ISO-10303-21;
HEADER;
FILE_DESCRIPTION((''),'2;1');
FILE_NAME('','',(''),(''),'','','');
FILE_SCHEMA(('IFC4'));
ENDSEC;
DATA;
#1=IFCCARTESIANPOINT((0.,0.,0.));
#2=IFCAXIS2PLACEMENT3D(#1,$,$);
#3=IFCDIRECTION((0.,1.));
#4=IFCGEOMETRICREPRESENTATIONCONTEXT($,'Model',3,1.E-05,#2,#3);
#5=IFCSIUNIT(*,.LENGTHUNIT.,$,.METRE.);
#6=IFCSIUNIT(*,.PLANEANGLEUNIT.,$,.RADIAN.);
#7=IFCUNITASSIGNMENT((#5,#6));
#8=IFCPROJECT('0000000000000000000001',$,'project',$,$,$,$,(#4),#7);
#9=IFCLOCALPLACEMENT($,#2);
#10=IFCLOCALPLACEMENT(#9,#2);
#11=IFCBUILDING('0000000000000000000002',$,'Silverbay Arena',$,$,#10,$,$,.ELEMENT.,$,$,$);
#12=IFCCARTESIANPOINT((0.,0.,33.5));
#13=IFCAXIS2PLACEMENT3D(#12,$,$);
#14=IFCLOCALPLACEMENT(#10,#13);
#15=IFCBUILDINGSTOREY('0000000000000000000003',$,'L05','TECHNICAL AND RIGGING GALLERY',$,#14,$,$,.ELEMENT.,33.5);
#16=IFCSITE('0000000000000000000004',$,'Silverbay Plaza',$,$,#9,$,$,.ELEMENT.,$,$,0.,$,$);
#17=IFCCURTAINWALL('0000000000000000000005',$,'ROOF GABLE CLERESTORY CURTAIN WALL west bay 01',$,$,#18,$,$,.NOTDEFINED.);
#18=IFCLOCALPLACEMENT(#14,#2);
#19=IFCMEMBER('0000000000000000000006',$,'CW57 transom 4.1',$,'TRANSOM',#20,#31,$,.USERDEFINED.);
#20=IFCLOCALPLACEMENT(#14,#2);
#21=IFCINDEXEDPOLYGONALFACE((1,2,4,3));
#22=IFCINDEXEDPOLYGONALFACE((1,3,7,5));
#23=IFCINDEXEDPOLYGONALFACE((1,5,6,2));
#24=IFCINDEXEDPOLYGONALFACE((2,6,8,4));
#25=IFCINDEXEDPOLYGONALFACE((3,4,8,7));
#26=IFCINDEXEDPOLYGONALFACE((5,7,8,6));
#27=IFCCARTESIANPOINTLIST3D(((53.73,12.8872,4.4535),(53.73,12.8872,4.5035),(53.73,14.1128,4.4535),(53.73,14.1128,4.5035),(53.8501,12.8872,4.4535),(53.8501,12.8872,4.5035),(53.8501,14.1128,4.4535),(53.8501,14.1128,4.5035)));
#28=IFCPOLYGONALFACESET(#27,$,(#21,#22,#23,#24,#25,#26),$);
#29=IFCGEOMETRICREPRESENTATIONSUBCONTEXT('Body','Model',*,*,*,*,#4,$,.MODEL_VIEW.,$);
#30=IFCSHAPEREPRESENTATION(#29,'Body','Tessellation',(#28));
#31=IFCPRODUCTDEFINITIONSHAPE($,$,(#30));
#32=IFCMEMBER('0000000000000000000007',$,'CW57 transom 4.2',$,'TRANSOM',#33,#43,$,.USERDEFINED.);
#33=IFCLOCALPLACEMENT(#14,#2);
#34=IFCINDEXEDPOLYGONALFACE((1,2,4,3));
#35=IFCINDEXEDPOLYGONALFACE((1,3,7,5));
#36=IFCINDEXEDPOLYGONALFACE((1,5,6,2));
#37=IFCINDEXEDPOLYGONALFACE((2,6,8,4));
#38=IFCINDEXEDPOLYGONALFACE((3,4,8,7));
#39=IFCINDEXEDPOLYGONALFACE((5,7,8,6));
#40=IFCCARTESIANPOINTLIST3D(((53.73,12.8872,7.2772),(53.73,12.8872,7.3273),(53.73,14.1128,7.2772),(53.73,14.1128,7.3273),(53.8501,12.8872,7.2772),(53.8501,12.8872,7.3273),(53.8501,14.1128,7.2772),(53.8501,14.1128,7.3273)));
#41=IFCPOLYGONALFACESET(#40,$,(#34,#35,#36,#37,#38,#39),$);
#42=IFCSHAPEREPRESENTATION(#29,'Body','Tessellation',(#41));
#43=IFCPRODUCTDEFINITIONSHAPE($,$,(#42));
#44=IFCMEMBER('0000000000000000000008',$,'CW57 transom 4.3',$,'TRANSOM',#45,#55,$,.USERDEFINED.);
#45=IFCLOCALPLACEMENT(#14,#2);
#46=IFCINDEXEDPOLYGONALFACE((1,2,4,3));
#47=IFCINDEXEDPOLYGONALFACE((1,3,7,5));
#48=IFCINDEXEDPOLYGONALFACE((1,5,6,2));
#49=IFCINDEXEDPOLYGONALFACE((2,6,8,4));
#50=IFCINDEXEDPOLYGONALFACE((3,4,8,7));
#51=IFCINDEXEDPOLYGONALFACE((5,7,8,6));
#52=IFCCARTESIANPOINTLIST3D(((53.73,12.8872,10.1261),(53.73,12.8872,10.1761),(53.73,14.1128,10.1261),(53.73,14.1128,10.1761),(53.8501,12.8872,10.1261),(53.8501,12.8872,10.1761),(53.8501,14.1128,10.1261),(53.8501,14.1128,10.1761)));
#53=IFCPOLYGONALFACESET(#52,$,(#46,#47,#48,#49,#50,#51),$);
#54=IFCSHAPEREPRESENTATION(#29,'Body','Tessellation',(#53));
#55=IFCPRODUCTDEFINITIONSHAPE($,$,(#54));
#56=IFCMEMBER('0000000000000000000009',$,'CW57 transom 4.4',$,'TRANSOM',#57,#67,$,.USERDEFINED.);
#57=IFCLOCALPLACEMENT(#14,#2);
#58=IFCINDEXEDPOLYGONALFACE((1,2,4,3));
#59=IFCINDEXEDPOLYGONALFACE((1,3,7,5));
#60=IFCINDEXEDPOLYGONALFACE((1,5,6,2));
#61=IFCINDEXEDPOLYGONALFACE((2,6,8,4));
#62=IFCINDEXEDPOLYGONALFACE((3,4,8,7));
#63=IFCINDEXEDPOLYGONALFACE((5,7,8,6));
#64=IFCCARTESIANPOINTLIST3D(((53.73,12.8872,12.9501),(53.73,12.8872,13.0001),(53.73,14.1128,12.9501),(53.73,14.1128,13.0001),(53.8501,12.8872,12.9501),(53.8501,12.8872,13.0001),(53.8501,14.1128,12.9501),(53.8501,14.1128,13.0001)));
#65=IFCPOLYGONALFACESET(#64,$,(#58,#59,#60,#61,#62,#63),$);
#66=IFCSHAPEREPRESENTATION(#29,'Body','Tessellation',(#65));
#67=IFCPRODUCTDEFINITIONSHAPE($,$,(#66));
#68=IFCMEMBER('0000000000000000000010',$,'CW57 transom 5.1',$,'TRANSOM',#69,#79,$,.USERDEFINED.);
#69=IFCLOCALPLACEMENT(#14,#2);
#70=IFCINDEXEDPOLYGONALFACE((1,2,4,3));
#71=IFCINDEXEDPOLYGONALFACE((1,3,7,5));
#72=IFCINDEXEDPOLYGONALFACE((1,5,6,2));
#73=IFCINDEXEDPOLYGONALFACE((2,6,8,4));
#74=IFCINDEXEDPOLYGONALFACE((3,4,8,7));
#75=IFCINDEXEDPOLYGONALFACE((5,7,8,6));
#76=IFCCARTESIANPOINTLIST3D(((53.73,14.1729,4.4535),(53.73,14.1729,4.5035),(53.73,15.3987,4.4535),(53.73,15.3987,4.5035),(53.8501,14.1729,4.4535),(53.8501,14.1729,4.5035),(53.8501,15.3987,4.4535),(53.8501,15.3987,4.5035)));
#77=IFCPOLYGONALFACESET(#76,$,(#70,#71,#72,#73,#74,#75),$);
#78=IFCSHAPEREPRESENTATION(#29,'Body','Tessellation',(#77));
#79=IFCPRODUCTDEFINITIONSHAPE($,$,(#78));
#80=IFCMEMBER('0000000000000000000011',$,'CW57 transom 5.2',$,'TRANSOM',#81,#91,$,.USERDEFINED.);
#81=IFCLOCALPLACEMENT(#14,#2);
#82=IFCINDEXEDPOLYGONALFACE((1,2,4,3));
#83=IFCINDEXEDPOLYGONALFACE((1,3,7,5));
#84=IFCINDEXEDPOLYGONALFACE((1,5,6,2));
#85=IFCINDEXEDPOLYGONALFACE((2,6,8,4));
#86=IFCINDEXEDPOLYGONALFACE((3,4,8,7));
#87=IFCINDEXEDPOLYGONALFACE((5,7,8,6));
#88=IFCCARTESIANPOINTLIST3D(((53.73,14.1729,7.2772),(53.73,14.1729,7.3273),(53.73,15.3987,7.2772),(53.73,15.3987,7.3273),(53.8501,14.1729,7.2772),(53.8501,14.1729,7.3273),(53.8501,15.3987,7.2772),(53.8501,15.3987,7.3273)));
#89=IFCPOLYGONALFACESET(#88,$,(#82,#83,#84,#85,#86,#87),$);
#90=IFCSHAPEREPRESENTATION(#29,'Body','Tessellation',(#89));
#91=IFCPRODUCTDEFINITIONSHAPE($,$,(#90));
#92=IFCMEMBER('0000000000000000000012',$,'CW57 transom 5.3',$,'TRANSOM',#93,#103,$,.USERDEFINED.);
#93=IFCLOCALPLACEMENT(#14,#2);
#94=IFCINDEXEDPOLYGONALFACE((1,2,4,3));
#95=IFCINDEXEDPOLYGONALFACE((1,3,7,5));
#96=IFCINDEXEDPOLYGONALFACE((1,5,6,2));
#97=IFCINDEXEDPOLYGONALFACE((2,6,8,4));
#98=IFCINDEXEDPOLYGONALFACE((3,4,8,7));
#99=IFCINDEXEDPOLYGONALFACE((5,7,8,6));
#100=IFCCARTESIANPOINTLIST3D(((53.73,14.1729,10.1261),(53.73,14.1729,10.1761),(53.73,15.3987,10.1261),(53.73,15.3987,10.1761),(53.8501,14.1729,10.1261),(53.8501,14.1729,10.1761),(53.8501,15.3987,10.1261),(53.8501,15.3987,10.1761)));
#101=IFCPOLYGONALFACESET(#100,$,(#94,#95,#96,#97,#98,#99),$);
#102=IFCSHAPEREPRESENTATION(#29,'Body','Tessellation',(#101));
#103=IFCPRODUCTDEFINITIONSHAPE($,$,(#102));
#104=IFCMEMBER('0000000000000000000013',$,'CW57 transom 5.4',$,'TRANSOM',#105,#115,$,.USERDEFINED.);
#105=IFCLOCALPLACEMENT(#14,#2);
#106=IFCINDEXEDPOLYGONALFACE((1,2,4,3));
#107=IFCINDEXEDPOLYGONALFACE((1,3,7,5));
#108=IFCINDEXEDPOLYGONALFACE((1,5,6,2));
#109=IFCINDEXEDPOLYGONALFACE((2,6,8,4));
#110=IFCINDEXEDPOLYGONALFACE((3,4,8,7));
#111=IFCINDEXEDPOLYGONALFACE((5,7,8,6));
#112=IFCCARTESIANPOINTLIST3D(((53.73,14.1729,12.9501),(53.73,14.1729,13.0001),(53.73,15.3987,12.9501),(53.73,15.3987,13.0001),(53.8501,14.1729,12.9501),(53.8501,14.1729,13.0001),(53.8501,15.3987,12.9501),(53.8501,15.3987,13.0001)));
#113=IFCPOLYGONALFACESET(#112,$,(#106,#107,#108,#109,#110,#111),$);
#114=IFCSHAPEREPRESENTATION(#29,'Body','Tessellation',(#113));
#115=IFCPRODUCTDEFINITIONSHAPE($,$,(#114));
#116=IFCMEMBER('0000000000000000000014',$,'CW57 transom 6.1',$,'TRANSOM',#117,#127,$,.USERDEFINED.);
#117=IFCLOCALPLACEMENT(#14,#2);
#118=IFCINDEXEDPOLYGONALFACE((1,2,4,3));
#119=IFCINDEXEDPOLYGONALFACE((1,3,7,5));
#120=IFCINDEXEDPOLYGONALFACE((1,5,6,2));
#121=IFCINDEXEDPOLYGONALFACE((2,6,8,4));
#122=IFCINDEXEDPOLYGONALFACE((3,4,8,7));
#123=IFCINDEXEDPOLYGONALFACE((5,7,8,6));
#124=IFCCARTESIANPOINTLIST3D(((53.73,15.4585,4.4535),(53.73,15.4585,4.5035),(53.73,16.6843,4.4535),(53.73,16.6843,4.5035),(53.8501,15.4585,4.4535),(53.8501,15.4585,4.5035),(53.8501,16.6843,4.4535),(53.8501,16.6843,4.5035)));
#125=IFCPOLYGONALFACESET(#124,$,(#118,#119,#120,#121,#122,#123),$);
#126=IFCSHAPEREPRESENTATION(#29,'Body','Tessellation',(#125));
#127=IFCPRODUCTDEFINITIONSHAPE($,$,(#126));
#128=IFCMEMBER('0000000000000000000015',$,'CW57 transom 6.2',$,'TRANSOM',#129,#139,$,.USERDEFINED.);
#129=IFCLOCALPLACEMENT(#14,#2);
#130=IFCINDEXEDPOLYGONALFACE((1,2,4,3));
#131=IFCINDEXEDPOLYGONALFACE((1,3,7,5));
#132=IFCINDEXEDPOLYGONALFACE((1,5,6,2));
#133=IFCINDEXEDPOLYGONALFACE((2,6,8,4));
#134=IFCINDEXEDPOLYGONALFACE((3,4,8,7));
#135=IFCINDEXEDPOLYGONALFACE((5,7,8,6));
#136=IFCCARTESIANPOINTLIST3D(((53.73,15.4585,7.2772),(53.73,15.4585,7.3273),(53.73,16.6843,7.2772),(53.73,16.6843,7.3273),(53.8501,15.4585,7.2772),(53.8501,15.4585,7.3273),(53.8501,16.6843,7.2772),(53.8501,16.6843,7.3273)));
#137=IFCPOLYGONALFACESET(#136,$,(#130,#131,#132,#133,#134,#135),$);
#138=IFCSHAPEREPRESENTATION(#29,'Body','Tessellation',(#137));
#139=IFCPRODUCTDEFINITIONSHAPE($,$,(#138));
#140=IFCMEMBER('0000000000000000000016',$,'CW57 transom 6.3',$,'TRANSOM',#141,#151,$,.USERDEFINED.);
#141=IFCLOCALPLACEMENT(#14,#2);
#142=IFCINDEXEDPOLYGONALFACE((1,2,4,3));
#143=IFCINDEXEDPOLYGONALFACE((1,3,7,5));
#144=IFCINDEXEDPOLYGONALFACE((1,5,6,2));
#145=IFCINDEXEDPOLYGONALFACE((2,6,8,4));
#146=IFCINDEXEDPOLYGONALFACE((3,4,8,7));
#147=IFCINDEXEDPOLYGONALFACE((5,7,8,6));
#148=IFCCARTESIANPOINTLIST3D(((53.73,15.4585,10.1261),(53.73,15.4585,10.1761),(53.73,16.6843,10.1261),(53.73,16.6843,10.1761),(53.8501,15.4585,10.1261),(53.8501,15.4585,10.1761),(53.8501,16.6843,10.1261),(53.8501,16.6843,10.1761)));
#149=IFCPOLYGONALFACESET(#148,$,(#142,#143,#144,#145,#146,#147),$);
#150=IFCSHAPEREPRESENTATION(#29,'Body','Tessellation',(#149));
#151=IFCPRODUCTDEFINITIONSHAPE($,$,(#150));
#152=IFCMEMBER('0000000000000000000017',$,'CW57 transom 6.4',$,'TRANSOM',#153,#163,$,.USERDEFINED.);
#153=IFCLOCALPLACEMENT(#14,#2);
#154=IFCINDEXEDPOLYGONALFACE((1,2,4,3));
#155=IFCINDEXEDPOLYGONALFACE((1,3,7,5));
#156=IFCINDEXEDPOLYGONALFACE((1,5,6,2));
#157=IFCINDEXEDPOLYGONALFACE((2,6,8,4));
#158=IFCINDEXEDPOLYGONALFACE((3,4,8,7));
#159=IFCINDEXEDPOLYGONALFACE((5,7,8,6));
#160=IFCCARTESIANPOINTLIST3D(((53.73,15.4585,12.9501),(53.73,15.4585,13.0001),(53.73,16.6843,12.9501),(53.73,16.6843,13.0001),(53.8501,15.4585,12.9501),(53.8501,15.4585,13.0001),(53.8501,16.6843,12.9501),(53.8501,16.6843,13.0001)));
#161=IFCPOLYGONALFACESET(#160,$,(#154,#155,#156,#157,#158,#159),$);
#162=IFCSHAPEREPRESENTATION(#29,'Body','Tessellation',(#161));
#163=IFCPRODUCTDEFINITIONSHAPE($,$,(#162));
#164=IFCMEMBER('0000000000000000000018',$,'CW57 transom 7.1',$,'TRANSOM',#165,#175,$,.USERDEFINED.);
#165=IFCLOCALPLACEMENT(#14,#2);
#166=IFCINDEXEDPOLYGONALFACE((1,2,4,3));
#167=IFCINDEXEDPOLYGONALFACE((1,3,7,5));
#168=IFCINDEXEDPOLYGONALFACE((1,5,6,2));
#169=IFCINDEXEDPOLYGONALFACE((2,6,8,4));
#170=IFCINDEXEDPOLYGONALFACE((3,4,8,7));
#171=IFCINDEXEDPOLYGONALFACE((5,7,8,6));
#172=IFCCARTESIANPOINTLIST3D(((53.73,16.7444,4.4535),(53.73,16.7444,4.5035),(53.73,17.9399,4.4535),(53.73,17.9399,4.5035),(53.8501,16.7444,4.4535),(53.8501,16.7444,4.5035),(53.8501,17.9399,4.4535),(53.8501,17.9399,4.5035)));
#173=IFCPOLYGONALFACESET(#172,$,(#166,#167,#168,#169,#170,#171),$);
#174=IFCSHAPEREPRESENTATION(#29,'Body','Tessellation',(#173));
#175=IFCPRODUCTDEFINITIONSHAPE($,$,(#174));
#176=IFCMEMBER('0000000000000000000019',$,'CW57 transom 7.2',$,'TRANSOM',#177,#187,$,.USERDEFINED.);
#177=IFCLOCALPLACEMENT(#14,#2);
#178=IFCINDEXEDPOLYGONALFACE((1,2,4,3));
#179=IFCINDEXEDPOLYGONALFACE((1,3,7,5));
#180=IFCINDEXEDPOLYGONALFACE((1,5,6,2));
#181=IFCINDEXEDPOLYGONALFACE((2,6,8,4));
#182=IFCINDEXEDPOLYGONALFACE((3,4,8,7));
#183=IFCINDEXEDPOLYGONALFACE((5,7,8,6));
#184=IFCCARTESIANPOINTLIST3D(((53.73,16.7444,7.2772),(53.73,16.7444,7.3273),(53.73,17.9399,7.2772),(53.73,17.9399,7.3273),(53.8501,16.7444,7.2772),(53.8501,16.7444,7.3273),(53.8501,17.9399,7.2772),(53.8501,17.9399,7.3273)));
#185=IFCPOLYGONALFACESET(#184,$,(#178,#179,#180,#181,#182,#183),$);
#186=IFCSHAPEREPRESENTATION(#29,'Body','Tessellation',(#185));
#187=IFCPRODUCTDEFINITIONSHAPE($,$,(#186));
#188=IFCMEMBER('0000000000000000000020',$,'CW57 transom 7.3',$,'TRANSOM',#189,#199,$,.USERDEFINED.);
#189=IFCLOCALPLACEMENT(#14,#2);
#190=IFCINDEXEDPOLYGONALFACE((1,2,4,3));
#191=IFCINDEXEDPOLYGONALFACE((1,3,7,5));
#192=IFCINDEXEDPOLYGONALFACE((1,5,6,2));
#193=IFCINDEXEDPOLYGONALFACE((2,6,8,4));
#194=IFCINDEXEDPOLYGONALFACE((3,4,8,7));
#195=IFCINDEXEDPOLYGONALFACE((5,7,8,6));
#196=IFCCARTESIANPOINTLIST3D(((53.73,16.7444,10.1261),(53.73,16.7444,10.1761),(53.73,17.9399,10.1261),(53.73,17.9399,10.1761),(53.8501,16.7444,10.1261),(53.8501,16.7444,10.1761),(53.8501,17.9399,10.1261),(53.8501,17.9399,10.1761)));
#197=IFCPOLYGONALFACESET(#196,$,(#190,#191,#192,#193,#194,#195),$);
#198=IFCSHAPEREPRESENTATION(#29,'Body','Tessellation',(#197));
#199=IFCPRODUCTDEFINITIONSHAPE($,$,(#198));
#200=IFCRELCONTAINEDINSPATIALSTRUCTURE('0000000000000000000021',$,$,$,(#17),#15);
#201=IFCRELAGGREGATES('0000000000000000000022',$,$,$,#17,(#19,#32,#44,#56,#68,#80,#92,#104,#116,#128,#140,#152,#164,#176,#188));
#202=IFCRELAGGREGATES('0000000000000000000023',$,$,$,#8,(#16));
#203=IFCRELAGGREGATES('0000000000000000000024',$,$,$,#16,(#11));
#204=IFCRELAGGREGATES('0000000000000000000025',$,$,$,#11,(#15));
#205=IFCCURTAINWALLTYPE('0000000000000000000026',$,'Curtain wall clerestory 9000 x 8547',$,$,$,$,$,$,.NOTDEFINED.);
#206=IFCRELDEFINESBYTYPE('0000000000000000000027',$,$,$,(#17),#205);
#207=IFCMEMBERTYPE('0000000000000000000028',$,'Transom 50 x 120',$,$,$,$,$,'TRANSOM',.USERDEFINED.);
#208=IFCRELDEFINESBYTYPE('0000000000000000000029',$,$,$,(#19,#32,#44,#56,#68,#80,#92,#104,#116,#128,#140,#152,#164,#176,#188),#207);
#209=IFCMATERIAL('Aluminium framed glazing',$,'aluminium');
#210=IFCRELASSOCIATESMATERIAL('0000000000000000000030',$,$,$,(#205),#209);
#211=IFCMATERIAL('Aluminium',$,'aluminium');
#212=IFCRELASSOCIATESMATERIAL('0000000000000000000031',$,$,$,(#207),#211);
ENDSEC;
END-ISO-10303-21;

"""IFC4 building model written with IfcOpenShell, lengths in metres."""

from ifc_helpers import new_model, si_unit, direction, frame, origin, origin_2d, place, context, subcontext, project, spatial, rectangle, extrude, material, material_profile, profile_set, type_object, element, aggregate, save


model = new_model("IFC4")

# Units and contexts
model_context = context("Model", 3, precision=1e-05, world=origin(), true_north=direction((0.0, 1.0)))
body_context = subcontext(model_context, "Body", "Model", "MODEL_VIEW")
ifc_project = project(units=[si_unit("LENGTHUNIT", "METRE"), si_unit("PLANEANGLEUNIT", "RADIAN")], contexts=[model_context])

# Site, building, storey
site_placement = place(None, origin())
site = spatial("IfcSite", under=ifc_project, at=site_placement, Name="Silverbay Plaza", CompositionType="ELEMENT", RefElevation=0.0)
building_placement = place(site_placement, origin())
building = spatial("IfcBuilding", under=site, at=building_placement, Name="Silverbay Arena", CompositionType="ELEMENT")
storey_placement = place(building_placement, frame((0.0, 0.0, 33.5)))
storey = spatial("IfcBuildingStorey", under=building, at=storey_placement, Name="L05", Description="TECHNICAL AND RIGGING GALLERY", CompositionType="ELEMENT", Elevation=33.5)

# Curtain wall, members
ifc_material_1 = material(Name="Aluminium framed glazing", Category="aluminium")
curtain_wall_type = type_object("IfcCurtainWallType", Name="Curtain wall clerestory 9000 x 8547", PredefinedType="NOTDEFINED", material=ifc_material_1)
curtain_wall_placement = place(storey_placement, origin())
curtain_wall = element("IfcCurtainWall", 1, at=curtain_wall_placement, inside=storey, type_object=curtain_wall_type, Name="ROOF GABLE CLERESTORY CURTAIN WALL west bay 01", PredefinedType="NOTDEFINED")
ifc_material_2 = material(Name="Aluminium", Category="aluminium")
ifc_material_profile_1 = material_profile(ifc_material_2, rectangle(XDim=0.1201, YDim=0.05, at=origin_2d()), Name="Transom 50 x 120")
ifc_profile_set_1 = profile_set([ifc_material_profile_1], Name="Aluminium")
member_type_1 = type_object("IfcMemberType", Name="Transom 50 x 120", ElementType="TRANSOM", PredefinedType="USERDEFINED", material=ifc_profile_set_1)
member_1_placement = place(storey_placement, frame((53.79, 12.8872, 4.4785), z_axis=(0.0, 1.0, 0.0), x_axis=(-1.0, 0.0, 0.0)))
member_1 = element("IfcMember", 2, at=member_1_placement, type_object=member_type_1, Name="CW57 transom 4.1", ObjectType="TRANSOM", PredefinedType="USERDEFINED", context=body_context, shape_type="SweptSolid", body=[
    extrude(rectangle(XDim=0.1201, YDim=0.05, at=origin_2d()), origin(), (0.0, 0.0, 1.0), 1.2256),
])
member_2_placement = place(storey_placement, frame((53.79, 12.8872, 7.3022), z_axis=(0.0, 1.0, 0.0), x_axis=(-1.0, 0.0, 0.0)))
member_2 = element("IfcMember", 3, at=member_2_placement, type_object=member_type_1, Name="CW57 transom 4.2", ObjectType="TRANSOM", PredefinedType="USERDEFINED", context=body_context, shape_type="SweptSolid", body=[
    extrude(rectangle(XDim=0.1201, YDim=0.05, at=origin_2d()), origin(), (0.0, 0.0, 1.0), 1.2256),
])
member_3_placement = place(storey_placement, frame((53.79, 12.8872, 10.1511), z_axis=(0.0, 1.0, 0.0), x_axis=(-1.0, 0.0, 0.0)))
member_3 = element("IfcMember", 4, at=member_3_placement, type_object=member_type_1, Name="CW57 transom 4.3", ObjectType="TRANSOM", PredefinedType="USERDEFINED", context=body_context, shape_type="SweptSolid", body=[
    extrude(rectangle(XDim=0.1201, YDim=0.05, at=origin_2d()), origin(), (0.0, 0.0, 1.0), 1.2256),
])
member_4_placement = place(storey_placement, frame((53.79, 12.8872, 12.9751), z_axis=(0.0, 1.0, 0.0), x_axis=(-1.0, 0.0, 0.0)))
member_4 = element("IfcMember", 5, at=member_4_placement, type_object=member_type_1, Name="CW57 transom 4.4", ObjectType="TRANSOM", PredefinedType="USERDEFINED", context=body_context, shape_type="SweptSolid", body=[
    extrude(rectangle(XDim=0.1201, YDim=0.05, at=origin_2d()), origin(), (0.0, 0.0, 1.0), 1.2256),
])
member_5_placement = place(storey_placement, frame((53.79, 14.1729, 4.4785), z_axis=(0.0, 1.0, 0.0), x_axis=(-1.0, 0.0, 0.0)))
member_5 = element("IfcMember", 6, at=member_5_placement, type_object=member_type_1, Name="CW57 transom 5.1", ObjectType="TRANSOM", PredefinedType="USERDEFINED", context=body_context, shape_type="SweptSolid", body=[
    extrude(rectangle(XDim=0.1201, YDim=0.05, at=origin_2d()), origin(), (0.0, 0.0, 1.0), 1.2258),
])
member_6_placement = place(storey_placement, frame((53.79, 14.1729, 7.3022), z_axis=(0.0, 1.0, 0.0), x_axis=(-1.0, 0.0, 0.0)))
member_6 = element("IfcMember", 7, at=member_6_placement, type_object=member_type_1, Name="CW57 transom 5.2", ObjectType="TRANSOM", PredefinedType="USERDEFINED", context=body_context, shape_type="SweptSolid", body=[
    extrude(rectangle(XDim=0.1201, YDim=0.05, at=origin_2d()), origin(), (0.0, 0.0, 1.0), 1.2258),
])
member_7_placement = place(storey_placement, frame((53.79, 14.1729, 10.1511), z_axis=(0.0, 1.0, 0.0), x_axis=(-1.0, 0.0, 0.0)))
member_7 = element("IfcMember", 8, at=member_7_placement, type_object=member_type_1, Name="CW57 transom 5.3", ObjectType="TRANSOM", PredefinedType="USERDEFINED", context=body_context, shape_type="SweptSolid", body=[
    extrude(rectangle(XDim=0.1201, YDim=0.05, at=origin_2d()), origin(), (0.0, 0.0, 1.0), 1.2258),
])
member_8_placement = place(storey_placement, frame((53.79, 14.1729, 12.9751), z_axis=(0.0, 1.0, 0.0), x_axis=(-1.0, 0.0, 0.0)))
member_8 = element("IfcMember", 9, at=member_8_placement, type_object=member_type_1, Name="CW57 transom 5.4", ObjectType="TRANSOM", PredefinedType="USERDEFINED", context=body_context, shape_type="SweptSolid", body=[
    extrude(rectangle(XDim=0.1201, YDim=0.05, at=origin_2d()), origin(), (0.0, 0.0, 1.0), 1.2258),
])
member_9_placement = place(storey_placement, frame((53.79, 15.4585, 4.4785), z_axis=(0.0, 1.0, 0.0), x_axis=(-1.0, 0.0, 0.0)))
member_9 = element("IfcMember", 10, at=member_9_placement, type_object=member_type_1, Name="CW57 transom 6.1", ObjectType="TRANSOM", PredefinedType="USERDEFINED", context=body_context, shape_type="SweptSolid", body=[
    extrude(rectangle(XDim=0.1201, YDim=0.05, at=origin_2d()), origin(), (0.0, 0.0, 1.0), 1.2258),
])
member_10_placement = place(storey_placement, frame((53.79, 15.4585, 7.3022), z_axis=(0.0, 1.0, 0.0), x_axis=(-1.0, 0.0, 0.0)))
member_10 = element("IfcMember", 11, at=member_10_placement, type_object=member_type_1, Name="CW57 transom 6.2", ObjectType="TRANSOM", PredefinedType="USERDEFINED", context=body_context, shape_type="SweptSolid", body=[
    extrude(rectangle(XDim=0.1201, YDim=0.05, at=origin_2d()), origin(), (0.0, 0.0, 1.0), 1.2258),
])
member_11_placement = place(storey_placement, frame((53.79, 15.4585, 10.1511), z_axis=(0.0, 1.0, 0.0), x_axis=(-1.0, 0.0, 0.0)))
member_11 = element("IfcMember", 12, at=member_11_placement, type_object=member_type_1, Name="CW57 transom 6.3", ObjectType="TRANSOM", PredefinedType="USERDEFINED", context=body_context, shape_type="SweptSolid", body=[
    extrude(rectangle(XDim=0.1201, YDim=0.05, at=origin_2d()), origin(), (0.0, 0.0, 1.0), 1.2258),
])
member_12_placement = place(storey_placement, frame((53.79, 15.4585, 12.9751), z_axis=(0.0, 1.0, 0.0), x_axis=(-1.0, 0.0, 0.0)))
member_12 = element("IfcMember", 13, at=member_12_placement, type_object=member_type_1, Name="CW57 transom 6.4", ObjectType="TRANSOM", PredefinedType="USERDEFINED", context=body_context, shape_type="SweptSolid", body=[
    extrude(rectangle(XDim=0.1201, YDim=0.05, at=origin_2d()), origin(), (0.0, 0.0, 1.0), 1.2258),
])
member_13_placement = place(storey_placement, frame((53.79, 16.7444, 4.4785), z_axis=(0.0, 1.0, 0.0), x_axis=(-1.0, 0.0, 0.0)))
member_13 = element("IfcMember", 14, at=member_13_placement, type_object=member_type_1, Name="CW57 transom 7.1", ObjectType="TRANSOM", PredefinedType="USERDEFINED", context=body_context, shape_type="SweptSolid", body=[
    extrude(rectangle(XDim=0.1201, YDim=0.05, at=origin_2d()), origin(), (0.0, 0.0, 1.0), 1.1956),
])
member_14_placement = place(storey_placement, frame((53.79, 16.7444, 7.3022), z_axis=(0.0, 1.0, 0.0), x_axis=(-1.0, 0.0, 0.0)))
member_14 = element("IfcMember", 15, at=member_14_placement, type_object=member_type_1, Name="CW57 transom 7.2", ObjectType="TRANSOM", PredefinedType="USERDEFINED", context=body_context, shape_type="SweptSolid", body=[
    extrude(rectangle(XDim=0.1201, YDim=0.05, at=origin_2d()), origin(), (0.0, 0.0, 1.0), 1.1956),
])
member_15_placement = place(storey_placement, frame((53.79, 16.7444, 10.1511), z_axis=(0.0, 1.0, 0.0), x_axis=(-1.0, 0.0, 0.0)))
member_15 = element("IfcMember", 16, at=member_15_placement, type_object=member_type_1, Name="CW57 transom 7.3", ObjectType="TRANSOM", PredefinedType="USERDEFINED", context=body_context, shape_type="SweptSolid", body=[
    extrude(rectangle(XDim=0.1201, YDim=0.05, at=origin_2d()), origin(), (0.0, 0.0, 1.0), 1.1956),
])
aggregate(curtain_wall, [member_1, member_2, member_3, member_4, member_5, member_6, member_7, member_8, member_9, member_10, member_11, member_12, member_13, member_14, member_15])

save(model, "model.ifc")
